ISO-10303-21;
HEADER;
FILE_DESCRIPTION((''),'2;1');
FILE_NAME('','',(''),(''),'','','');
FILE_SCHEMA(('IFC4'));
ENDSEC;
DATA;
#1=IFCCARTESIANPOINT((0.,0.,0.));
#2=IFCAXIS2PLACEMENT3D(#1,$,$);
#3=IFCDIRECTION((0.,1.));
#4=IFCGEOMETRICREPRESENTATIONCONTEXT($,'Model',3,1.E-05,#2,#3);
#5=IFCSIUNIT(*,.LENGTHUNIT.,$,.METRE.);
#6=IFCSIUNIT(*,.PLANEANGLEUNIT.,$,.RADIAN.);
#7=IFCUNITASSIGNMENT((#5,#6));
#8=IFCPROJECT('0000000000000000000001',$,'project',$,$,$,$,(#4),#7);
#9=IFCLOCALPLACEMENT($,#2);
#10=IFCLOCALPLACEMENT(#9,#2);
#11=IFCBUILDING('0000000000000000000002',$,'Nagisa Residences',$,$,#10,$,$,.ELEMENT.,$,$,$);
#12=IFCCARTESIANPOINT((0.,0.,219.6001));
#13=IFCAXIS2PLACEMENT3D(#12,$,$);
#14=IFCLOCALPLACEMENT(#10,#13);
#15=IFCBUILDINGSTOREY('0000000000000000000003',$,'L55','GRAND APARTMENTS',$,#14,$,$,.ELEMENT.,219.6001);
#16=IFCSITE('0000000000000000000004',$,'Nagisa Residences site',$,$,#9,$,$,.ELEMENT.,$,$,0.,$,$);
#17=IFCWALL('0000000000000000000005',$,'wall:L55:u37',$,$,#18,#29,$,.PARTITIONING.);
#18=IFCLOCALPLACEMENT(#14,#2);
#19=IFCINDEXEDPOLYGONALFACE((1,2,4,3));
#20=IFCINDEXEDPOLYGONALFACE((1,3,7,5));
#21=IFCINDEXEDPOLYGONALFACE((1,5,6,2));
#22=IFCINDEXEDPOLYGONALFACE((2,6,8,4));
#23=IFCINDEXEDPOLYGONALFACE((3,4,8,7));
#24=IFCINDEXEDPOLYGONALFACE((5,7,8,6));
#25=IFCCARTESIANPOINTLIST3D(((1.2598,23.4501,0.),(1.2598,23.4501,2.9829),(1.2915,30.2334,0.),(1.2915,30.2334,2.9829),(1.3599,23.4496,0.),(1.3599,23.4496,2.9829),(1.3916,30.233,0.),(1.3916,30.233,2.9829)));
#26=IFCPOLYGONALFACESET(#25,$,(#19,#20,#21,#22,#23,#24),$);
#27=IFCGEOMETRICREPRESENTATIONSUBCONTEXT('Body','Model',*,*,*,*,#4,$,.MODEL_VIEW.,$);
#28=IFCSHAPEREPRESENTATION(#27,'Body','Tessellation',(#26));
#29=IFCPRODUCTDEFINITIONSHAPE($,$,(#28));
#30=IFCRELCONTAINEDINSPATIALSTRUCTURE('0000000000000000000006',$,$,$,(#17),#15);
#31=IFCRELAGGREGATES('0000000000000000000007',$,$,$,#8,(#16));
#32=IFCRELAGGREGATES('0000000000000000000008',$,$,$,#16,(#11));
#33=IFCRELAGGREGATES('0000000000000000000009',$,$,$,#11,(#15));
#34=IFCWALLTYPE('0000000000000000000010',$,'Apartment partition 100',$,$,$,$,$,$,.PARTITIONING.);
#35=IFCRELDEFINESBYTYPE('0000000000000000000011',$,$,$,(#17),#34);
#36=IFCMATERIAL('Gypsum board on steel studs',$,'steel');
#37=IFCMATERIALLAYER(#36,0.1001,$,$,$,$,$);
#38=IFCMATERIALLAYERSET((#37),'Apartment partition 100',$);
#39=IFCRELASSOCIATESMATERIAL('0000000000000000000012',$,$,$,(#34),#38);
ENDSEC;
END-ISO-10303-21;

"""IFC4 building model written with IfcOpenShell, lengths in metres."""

from ifc_helpers import new_model, si_unit, direction, frame, frame_2d, origin, place, context, subcontext, project, spatial, rectangle, extrude, material, layer, layer_set, type_object, element, save


model = new_model("IFC4")

# Units and contexts
model_context = context("Model", 3, precision=1e-05, world=origin(), true_north=direction((0.0, 1.0)))
body_context = subcontext(model_context, "Body", "Model", "MODEL_VIEW")
ifc_project = project(units=[si_unit("LENGTHUNIT", "METRE"), si_unit("PLANEANGLEUNIT", "RADIAN")], contexts=[model_context])

# Site, building, storey
site_placement = place(None, origin())
site = spatial("IfcSite", under=ifc_project, at=site_placement, Name="Nagisa Residences site", CompositionType="ELEMENT", RefElevation=0.0)
building_placement = place(site_placement, origin())
building = spatial("IfcBuilding", under=site, at=building_placement, Name="Nagisa Residences", CompositionType="ELEMENT")
storey_placement = place(building_placement, frame((0.0, 0.0, 219.6001)))
storey = spatial("IfcBuildingStorey", under=building, at=storey_placement, Name="L55", Description="GRAND APARTMENTS", CompositionType="ELEMENT", Elevation=219.6001)

# Shared definitions
ifc_material_1 = material(Name="Gypsum board on steel studs", Category="steel")
ifc_layer_1 = layer(ifc_material_1, 0.1001)
ifc_layer_set_1 = layer_set([ifc_layer_1], Name="Apartment partition 100")
wall_type_1 = type_object("IfcWallType", Name="Apartment partition 100", PredefinedType="PARTITIONING", material=ifc_layer_set_1)

# Wall
wall_1_placement = place(storey_placement, frame((1.3098, 23.45, 0.0), z_axis=(0.0, 0.0, 1.0), x_axis=(0.004679, 0.999989, 0.0)))
element("IfcWall", 1, at=wall_1_placement, inside=storey, type_object=wall_type_1, Name="wall:L55:u37", PredefinedType="PARTITIONING", context=body_context, shape_type="SweptSolid", body=[
    extrude(rectangle(XDim=6.7834, YDim=0.1001, at=frame_2d((3.3916, 0.0))), origin(), (0.0, 0.0, 1.0), 2.9829),
])

save(model, "model.ifc")
